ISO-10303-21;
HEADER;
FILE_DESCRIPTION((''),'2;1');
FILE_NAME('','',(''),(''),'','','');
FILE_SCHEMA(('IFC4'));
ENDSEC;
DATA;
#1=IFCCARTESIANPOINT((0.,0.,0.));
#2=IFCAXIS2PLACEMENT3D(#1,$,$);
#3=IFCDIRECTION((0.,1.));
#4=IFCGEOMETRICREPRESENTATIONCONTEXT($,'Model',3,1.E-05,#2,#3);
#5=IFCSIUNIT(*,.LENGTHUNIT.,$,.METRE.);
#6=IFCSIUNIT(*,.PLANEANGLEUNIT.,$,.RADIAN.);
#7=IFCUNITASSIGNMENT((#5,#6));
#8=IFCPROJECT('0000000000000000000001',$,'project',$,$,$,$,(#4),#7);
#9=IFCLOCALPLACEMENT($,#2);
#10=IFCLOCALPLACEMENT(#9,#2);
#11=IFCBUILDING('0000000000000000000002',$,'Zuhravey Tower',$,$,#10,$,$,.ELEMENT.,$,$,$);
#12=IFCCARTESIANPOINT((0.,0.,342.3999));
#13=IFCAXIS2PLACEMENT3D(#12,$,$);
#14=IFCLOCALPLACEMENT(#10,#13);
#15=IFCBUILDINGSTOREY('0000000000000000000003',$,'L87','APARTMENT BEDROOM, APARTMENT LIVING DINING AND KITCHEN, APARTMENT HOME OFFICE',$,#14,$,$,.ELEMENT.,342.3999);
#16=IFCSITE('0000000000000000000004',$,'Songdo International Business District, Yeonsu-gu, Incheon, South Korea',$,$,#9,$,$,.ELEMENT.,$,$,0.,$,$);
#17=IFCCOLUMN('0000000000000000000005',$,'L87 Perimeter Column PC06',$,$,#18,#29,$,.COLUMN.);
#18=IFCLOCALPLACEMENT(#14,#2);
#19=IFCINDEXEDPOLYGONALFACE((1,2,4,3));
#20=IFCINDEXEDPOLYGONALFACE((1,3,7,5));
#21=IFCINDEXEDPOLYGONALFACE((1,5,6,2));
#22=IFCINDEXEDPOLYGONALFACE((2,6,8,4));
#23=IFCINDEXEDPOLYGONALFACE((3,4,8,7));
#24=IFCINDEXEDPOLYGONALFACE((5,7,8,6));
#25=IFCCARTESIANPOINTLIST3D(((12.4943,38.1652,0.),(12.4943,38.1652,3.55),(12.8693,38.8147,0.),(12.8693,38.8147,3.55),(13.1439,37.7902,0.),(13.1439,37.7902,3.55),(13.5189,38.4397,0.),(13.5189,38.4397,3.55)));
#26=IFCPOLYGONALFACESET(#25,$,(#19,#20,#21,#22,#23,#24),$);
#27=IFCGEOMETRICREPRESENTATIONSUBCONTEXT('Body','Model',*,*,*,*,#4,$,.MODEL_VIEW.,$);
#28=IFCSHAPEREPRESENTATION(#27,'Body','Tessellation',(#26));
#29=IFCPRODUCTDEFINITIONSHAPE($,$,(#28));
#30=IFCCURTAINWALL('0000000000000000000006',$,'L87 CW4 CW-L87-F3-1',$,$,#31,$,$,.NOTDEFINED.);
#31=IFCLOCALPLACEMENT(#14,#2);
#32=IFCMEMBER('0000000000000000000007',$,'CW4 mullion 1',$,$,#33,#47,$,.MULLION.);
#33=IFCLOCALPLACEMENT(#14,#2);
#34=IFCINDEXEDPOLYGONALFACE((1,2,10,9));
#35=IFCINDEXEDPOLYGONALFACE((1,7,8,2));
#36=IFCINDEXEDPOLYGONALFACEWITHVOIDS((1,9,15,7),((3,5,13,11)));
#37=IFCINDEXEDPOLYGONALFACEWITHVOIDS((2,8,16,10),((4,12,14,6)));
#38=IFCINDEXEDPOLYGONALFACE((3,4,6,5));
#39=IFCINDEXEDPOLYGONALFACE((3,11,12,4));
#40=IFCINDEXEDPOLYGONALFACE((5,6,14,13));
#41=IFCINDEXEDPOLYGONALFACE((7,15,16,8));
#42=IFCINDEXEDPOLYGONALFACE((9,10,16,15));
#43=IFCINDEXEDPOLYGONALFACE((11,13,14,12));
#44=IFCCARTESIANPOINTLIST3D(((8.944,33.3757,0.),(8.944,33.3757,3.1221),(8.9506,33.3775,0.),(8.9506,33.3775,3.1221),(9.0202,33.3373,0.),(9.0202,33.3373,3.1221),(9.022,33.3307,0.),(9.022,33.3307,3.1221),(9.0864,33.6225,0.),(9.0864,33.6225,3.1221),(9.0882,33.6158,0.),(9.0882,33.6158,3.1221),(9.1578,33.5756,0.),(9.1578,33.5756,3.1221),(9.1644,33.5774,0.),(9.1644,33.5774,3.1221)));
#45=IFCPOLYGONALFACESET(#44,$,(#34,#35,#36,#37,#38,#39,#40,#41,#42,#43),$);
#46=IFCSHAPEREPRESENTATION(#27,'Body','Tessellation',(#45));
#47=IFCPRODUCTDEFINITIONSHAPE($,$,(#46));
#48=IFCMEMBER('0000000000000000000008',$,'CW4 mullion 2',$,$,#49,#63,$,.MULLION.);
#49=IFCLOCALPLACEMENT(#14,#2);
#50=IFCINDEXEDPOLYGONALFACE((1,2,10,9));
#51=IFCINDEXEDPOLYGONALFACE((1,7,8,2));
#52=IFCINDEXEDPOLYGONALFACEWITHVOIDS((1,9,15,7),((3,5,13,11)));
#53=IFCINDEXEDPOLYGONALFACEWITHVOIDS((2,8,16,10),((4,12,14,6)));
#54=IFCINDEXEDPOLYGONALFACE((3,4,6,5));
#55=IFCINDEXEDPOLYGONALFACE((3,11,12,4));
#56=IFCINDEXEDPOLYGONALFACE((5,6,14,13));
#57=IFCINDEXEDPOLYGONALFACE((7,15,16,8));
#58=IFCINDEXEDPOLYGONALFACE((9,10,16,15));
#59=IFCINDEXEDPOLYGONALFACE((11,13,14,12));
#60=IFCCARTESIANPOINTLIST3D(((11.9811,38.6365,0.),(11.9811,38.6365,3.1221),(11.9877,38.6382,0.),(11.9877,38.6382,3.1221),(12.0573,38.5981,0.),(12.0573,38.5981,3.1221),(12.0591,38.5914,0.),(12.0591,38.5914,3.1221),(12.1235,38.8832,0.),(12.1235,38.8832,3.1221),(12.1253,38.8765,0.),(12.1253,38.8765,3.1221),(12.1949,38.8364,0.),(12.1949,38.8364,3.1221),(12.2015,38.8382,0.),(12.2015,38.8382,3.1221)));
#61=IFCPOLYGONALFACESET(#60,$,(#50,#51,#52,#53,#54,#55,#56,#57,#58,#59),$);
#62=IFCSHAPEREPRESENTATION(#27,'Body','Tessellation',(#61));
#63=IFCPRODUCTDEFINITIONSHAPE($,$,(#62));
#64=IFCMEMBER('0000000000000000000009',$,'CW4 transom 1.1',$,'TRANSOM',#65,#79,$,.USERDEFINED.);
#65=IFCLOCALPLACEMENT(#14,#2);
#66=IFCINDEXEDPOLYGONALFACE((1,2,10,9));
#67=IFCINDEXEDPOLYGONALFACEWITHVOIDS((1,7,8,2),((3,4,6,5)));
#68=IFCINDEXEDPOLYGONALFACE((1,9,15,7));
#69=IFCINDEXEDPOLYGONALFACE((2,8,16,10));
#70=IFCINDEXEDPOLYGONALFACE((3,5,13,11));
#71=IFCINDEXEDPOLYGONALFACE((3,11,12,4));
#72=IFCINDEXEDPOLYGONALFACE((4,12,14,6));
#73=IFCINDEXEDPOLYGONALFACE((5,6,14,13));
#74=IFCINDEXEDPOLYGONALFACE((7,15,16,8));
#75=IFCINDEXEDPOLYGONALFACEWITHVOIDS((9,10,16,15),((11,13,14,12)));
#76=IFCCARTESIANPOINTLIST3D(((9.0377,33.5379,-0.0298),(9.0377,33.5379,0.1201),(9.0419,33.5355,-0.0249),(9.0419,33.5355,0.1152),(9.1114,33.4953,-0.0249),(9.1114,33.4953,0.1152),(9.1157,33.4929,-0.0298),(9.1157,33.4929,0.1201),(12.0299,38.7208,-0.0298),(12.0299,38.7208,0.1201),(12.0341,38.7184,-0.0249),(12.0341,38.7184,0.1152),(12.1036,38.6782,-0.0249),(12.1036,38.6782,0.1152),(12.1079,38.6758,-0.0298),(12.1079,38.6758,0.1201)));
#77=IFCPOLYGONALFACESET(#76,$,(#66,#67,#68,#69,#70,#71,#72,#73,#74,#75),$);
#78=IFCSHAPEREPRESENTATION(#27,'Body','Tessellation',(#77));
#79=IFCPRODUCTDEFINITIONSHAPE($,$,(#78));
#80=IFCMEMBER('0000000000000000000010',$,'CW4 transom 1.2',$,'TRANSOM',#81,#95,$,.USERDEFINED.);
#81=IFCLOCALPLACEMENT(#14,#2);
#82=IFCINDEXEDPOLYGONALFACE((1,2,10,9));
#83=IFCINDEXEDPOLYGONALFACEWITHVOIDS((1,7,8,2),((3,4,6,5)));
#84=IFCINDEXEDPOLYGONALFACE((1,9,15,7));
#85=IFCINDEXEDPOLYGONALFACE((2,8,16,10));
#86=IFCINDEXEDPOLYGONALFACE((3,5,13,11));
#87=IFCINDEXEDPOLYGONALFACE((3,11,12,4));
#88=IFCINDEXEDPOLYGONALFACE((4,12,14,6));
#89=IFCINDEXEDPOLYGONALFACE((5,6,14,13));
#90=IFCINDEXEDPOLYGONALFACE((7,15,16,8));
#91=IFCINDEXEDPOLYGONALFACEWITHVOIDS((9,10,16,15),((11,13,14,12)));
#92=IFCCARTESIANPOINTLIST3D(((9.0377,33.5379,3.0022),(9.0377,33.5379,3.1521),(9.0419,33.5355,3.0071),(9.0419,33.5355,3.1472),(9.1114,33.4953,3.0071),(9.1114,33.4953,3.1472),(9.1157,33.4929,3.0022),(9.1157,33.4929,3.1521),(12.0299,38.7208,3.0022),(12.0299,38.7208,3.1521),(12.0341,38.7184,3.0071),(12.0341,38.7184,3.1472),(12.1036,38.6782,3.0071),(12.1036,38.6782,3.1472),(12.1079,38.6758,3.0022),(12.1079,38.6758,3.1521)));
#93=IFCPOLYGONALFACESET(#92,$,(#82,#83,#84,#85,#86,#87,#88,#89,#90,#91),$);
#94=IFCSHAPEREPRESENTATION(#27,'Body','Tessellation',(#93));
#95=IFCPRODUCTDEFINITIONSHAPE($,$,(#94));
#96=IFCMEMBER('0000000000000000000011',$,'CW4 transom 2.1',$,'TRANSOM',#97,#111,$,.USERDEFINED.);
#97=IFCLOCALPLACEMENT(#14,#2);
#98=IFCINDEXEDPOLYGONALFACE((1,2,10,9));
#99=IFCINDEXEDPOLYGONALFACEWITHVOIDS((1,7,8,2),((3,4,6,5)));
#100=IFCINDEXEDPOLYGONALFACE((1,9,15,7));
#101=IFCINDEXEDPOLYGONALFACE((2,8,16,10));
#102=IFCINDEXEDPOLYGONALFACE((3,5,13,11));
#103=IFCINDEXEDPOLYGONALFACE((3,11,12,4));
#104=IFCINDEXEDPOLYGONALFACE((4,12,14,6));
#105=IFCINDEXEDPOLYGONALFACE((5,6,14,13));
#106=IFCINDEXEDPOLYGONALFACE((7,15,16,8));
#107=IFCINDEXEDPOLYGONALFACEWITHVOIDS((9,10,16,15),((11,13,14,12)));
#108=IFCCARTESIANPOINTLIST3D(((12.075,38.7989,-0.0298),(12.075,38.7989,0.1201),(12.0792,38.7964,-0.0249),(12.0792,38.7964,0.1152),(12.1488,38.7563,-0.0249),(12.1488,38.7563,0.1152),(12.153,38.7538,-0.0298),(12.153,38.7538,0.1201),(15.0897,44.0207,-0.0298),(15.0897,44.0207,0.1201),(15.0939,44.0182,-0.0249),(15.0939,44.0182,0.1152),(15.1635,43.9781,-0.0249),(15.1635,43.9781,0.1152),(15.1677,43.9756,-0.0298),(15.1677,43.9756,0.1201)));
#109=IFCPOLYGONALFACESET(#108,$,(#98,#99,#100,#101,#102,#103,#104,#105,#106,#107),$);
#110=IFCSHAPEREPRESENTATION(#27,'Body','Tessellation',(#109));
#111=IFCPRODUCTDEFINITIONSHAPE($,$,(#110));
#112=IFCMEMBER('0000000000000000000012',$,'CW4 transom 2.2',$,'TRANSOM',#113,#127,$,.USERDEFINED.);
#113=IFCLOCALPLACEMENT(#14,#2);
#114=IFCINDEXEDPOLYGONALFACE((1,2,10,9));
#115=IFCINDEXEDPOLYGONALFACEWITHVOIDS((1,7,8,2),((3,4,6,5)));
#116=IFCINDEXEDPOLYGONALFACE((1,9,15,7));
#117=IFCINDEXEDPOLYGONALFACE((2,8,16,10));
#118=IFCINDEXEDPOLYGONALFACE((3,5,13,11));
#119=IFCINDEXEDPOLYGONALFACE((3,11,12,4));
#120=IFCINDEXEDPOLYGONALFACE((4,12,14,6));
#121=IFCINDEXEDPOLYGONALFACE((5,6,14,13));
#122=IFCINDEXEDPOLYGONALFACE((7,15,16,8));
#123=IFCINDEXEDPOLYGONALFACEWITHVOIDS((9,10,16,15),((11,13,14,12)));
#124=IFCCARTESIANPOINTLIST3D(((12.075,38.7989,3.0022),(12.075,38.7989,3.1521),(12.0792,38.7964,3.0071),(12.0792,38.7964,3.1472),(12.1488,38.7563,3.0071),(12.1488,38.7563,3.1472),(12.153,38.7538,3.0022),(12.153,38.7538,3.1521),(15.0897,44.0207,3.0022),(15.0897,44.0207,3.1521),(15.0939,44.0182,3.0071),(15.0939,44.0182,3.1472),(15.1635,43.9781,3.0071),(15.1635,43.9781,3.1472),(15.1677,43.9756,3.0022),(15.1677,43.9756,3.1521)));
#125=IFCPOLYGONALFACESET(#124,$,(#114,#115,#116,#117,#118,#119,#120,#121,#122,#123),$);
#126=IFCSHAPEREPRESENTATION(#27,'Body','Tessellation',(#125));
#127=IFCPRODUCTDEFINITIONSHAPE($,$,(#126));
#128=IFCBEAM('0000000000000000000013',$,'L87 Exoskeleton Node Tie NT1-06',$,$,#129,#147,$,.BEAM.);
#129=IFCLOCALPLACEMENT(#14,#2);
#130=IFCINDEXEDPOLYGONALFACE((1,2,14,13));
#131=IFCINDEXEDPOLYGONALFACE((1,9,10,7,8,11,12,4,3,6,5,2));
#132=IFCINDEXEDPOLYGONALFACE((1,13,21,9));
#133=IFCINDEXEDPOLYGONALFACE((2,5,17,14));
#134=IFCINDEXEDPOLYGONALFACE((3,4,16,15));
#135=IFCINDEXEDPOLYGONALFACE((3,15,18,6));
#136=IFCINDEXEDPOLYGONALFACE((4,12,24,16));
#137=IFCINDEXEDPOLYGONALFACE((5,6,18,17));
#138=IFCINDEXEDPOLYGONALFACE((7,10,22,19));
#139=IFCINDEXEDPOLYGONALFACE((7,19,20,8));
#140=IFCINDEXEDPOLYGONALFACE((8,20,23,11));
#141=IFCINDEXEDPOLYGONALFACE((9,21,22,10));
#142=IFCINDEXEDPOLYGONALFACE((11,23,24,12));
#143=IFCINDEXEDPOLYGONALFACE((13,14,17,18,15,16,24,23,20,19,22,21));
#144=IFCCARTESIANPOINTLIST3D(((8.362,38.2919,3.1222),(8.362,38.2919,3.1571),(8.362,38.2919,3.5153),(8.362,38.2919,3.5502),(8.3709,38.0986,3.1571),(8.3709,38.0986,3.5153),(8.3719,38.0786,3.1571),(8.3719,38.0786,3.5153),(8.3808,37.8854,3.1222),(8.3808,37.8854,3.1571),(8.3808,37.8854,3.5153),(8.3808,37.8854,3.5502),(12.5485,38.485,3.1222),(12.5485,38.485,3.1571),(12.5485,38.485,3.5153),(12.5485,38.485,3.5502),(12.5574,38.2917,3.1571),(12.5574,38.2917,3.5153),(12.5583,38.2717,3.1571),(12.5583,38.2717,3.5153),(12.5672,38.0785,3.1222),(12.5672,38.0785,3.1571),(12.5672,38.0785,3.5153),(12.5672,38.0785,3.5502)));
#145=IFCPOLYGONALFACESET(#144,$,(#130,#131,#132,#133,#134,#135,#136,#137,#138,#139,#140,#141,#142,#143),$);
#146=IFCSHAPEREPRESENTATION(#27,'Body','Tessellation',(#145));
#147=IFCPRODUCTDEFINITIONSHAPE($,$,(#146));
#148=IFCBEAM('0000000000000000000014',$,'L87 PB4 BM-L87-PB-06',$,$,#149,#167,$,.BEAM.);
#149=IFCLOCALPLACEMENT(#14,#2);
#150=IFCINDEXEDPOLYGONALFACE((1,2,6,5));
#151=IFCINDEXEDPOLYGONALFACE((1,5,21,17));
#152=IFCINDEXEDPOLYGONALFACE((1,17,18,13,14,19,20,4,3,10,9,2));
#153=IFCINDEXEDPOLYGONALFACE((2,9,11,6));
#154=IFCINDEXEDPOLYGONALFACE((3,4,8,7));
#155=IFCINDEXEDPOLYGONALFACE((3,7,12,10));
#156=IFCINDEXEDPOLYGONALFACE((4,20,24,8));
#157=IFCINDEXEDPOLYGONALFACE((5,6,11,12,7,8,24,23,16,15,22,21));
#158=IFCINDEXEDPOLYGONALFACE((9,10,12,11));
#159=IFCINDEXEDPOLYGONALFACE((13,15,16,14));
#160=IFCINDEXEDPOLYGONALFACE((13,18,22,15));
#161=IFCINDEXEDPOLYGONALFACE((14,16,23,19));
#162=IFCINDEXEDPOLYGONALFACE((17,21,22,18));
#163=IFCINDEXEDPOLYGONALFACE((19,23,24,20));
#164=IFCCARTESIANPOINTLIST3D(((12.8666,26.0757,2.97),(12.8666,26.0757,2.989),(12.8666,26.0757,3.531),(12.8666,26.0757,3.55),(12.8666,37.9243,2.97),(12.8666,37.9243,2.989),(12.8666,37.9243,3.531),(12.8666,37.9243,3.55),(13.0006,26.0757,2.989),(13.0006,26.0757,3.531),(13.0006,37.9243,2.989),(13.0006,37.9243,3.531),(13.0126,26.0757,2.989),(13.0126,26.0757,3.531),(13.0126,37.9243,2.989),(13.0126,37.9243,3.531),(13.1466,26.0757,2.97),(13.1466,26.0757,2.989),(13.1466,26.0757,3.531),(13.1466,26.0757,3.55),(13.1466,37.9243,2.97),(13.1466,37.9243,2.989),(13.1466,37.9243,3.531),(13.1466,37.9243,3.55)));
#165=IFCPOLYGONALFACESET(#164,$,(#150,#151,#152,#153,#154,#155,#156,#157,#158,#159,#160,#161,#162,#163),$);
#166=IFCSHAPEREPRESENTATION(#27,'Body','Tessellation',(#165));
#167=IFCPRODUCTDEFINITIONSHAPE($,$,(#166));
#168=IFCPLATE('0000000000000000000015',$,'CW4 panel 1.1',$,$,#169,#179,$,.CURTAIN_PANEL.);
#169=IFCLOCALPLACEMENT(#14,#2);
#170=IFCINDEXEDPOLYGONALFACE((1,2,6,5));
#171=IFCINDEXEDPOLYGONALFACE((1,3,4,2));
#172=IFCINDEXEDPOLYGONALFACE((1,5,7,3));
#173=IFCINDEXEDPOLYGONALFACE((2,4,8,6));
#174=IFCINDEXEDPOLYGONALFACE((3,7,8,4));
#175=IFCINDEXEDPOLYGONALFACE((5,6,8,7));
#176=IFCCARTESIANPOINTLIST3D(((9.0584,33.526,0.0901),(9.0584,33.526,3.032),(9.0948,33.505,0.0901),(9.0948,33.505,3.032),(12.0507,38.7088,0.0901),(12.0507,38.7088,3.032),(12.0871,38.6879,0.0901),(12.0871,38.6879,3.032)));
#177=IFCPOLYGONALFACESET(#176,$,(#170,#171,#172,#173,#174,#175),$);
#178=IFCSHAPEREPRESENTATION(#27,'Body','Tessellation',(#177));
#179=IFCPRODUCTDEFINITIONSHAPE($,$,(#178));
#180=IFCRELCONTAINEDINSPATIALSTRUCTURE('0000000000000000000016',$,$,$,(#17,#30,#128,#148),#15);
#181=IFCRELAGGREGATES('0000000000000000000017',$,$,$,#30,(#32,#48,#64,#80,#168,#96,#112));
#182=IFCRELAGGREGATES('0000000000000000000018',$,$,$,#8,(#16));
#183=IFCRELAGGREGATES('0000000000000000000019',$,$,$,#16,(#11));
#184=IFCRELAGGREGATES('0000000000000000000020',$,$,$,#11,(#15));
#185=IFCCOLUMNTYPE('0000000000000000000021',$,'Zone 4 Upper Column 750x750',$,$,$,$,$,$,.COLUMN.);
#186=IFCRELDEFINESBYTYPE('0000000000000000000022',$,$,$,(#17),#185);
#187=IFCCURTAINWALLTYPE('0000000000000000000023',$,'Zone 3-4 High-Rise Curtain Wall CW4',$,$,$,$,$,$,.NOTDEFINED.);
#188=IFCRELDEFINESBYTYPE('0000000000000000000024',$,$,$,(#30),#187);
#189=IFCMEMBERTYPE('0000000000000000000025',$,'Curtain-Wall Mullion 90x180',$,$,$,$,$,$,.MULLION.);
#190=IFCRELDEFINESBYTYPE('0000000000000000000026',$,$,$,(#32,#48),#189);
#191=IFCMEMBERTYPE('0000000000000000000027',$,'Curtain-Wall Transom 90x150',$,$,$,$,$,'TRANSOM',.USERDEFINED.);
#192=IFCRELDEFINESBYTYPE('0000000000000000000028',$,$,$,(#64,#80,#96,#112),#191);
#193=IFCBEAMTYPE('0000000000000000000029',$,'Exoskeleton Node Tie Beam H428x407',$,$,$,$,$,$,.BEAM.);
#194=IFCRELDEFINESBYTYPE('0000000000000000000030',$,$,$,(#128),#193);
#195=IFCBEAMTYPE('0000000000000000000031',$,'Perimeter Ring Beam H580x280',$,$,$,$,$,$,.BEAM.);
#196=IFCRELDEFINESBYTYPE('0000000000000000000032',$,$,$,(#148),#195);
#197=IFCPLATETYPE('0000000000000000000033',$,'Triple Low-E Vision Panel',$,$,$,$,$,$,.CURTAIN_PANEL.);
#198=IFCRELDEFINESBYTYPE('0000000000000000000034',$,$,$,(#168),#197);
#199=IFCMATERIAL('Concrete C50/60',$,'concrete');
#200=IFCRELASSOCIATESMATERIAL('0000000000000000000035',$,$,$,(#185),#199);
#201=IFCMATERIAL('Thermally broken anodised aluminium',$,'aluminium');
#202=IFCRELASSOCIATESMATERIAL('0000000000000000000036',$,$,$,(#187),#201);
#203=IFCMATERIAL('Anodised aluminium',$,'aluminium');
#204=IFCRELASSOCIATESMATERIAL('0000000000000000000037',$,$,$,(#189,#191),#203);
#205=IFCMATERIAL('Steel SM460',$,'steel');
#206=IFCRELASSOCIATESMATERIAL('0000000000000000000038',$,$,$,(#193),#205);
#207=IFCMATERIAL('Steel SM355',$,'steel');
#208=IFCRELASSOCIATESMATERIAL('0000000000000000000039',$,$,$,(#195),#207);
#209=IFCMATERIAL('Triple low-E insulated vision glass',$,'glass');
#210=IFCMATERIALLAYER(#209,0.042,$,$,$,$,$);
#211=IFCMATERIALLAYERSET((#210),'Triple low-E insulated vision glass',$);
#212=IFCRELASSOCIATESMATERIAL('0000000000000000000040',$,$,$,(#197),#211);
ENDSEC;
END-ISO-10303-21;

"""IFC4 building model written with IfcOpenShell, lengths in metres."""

from ifc_helpers import new_model, si_unit, direction, frame, origin, origin_2d, place, context, subcontext, project, spatial, rectangle, hollow_rectangle, i_section, extrude, material, layer, layer_set, material_profile, profile_set, type_object, element, aggregate, save


model = new_model("IFC4")

# Units and contexts
model_context = context("Model", 3, precision=1e-05, world=origin(), true_north=direction((0.0, 1.0)))
body_context = subcontext(model_context, "Body", "Model", "MODEL_VIEW")
ifc_project = project(units=[si_unit("LENGTHUNIT", "METRE"), si_unit("PLANEANGLEUNIT", "RADIAN")], contexts=[model_context])

# Site, building, storey
site_placement = place(None, origin())
site = spatial("IfcSite", under=ifc_project, at=site_placement, Name="Songdo International Business District, Yeonsu-gu, Incheon, South Korea", CompositionType="ELEMENT", RefElevation=0.0)
building_placement = place(site_placement, origin())
building = spatial("IfcBuilding", under=site, at=building_placement, Name="Zuhravey Tower", CompositionType="ELEMENT")
storey_placement = place(building_placement, frame((0.0, 0.0, 342.3999)))
storey = spatial("IfcBuildingStorey", under=building, at=storey_placement, Name="L87", Description="APARTMENT BEDROOM, APARTMENT LIVING DINING AND KITCHEN, APARTMENT HOME OFFICE", CompositionType="ELEMENT", Elevation=342.3999)

# Column
ifc_material_1 = material(Name="Concrete C50/60", Category="concrete")
ifc_material_profile_1 = material_profile(ifc_material_1, rectangle(XDim=0.75, YDim=0.75, at=origin_2d()), Name="RC-750x750")
ifc_profile_set_1 = profile_set([ifc_material_profile_1], Name="Concrete C50/60")
column_type = type_object("IfcColumnType", Name="Zone 4 Upper Column 750x750", PredefinedType="COLUMN", material=ifc_profile_set_1)
column_placement = place(storey_placement, frame((13.0066, 38.3025, 0.0), z_axis=(0.0, 0.0, 1.0), x_axis=(-0.5, -0.866025, 0.0)))
element("IfcColumn", 1, at=column_placement, inside=storey, type_object=column_type, Name="L87 Perimeter Column PC06", PredefinedType="COLUMN", context=body_context, shape_type="SweptSolid", body=[
    extrude(rectangle(XDim=0.75, YDim=0.75, at=origin_2d()), origin(), (0.0, 0.0, 1.0), 3.55),
])

# Curtain wall, members
ifc_material_2 = material(Name="Thermally broken anodised aluminium", Category="aluminium")
curtain_wall_type = type_object("IfcCurtainWallType", Name="Zone 3-4 High-Rise Curtain Wall CW4", PredefinedType="NOTDEFINED", material=ifc_material_2)
curtain_wall_placement = place(storey_placement, origin())
curtain_wall = element("IfcCurtainWall", 2, at=curtain_wall_placement, inside=storey, type_object=curtain_wall_type, Name="L87 CW4 CW-L87-F3-1", PredefinedType="NOTDEFINED")
ifc_material_3 = material(Name="Anodised aluminium", Category="aluminium")
ifc_material_profile_2 = material_profile(ifc_material_3, hollow_rectangle(XDim=0.0901, YDim=0.2849, WallThickness=0.0049, at=origin_2d()), Name="ALU-RHS-90x285x5")
ifc_profile_set_2 = profile_set([ifc_material_profile_2], Name="Anodised aluminium")
member_type_1 = type_object("IfcMemberType", Name="Curtain-Wall Mullion 90x180", PredefinedType="MULLION", material=ifc_profile_set_2)
member_1_placement = place(storey_placement, frame((9.0542, 33.4766, 0.0), z_axis=(0.0, 0.0, 1.0), x_axis=(-0.866026, 0.5, 0.0)))
member_1 = element("IfcMember", 3, at=member_1_placement, type_object=member_type_1, Name="CW4 mullion 1", PredefinedType="MULLION", context=body_context, shape_type="SweptSolid", body=[
    extrude(hollow_rectangle(XDim=0.0901, YDim=0.2849, WallThickness=0.0049, at=origin_2d()), origin(), (0.0, 0.0, 1.0), 3.1221),
])
member_2_placement = place(storey_placement, frame((12.0913, 38.7373, 0.0), z_axis=(0.0, 0.0, 1.0), x_axis=(-0.866026, 0.5, 0.0)))
member_2 = element("IfcMember", 4, at=member_2_placement, type_object=member_type_1, Name="CW4 mullion 2", PredefinedType="MULLION", context=body_context, shape_type="SweptSolid", body=[
    extrude(hollow_rectangle(XDim=0.0901, YDim=0.2849, WallThickness=0.0049, at=origin_2d()), origin(), (0.0, 0.0, 1.0), 3.1221),
])
ifc_material_profile_3 = material_profile(ifc_material_3, hollow_rectangle(XDim=0.0901, YDim=0.1499, WallThickness=0.0049, at=origin_2d()), Name="ALU-RHS-90x150x5")
ifc_profile_set_3 = profile_set([ifc_material_profile_3], Name="Anodised aluminium")
member_type_2 = type_object("IfcMemberType", Name="Curtain-Wall Transom 90x150", ElementType="TRANSOM", PredefinedType="USERDEFINED", material=ifc_profile_set_3)
member_3_placement = place(storey_placement, frame((9.0767, 33.5154, 0.0452), z_axis=(0.499983, 0.866035, 0.0), x_axis=(-0.866035, 0.499983, 0.0)))
member_3 = element("IfcMember", 5, at=member_3_placement, type_object=member_type_2, Name="CW4 transom 1.1", ObjectType="TRANSOM", PredefinedType="USERDEFINED", context=body_context, shape_type="SweptSolid", body=[
    extrude(hollow_rectangle(XDim=0.0901, YDim=0.1499, WallThickness=0.0049, at=origin_2d()), origin(), (0.0, 0.0, 1.0), 5.9846),
])
member_4_placement = place(storey_placement, frame((9.0767, 33.5154, 3.0771), z_axis=(0.499983, 0.866035, 0.0), x_axis=(-0.866035, 0.499983, 0.0)))
member_4 = element("IfcMember", 6, at=member_4_placement, type_object=member_type_2, Name="CW4 transom 1.2", ObjectType="TRANSOM", PredefinedType="USERDEFINED", context=body_context, shape_type="SweptSolid", body=[
    extrude(hollow_rectangle(XDim=0.0901, YDim=0.1499, WallThickness=0.0049, at=origin_2d()), origin(), (0.0, 0.0, 1.0), 5.9846),
])
member_5_placement = place(storey_placement, frame((12.114, 38.7764, 0.0452), z_axis=(0.499989, 0.866032, 0.0), x_axis=(-0.866032, 0.499989, 0.0)))
member_5 = element("IfcMember", 7, at=member_5_placement, type_object=member_type_2, Name="CW4 transom 2.1", ObjectType="TRANSOM", PredefinedType="USERDEFINED", context=body_context, shape_type="SweptSolid", body=[
    extrude(hollow_rectangle(XDim=0.0901, YDim=0.1499, WallThickness=0.0049, at=origin_2d()), origin(), (0.0, 0.0, 1.0), 6.0295),
])
member_6_placement = place(storey_placement, frame((12.114, 38.7764, 3.0771), z_axis=(0.499989, 0.866032, 0.0), x_axis=(-0.866032, 0.499989, 0.0)))
member_6 = element("IfcMember", 8, at=member_6_placement, type_object=member_type_2, Name="CW4 transom 2.2", ObjectType="TRANSOM", PredefinedType="USERDEFINED", context=body_context, shape_type="SweptSolid", body=[
    extrude(hollow_rectangle(XDim=0.0901, YDim=0.1499, WallThickness=0.0049, at=origin_2d()), origin(), (0.0, 0.0, 1.0), 6.0295),
])

# Beams
ifc_material_4 = material(Name="Steel SM460", Category="steel")
ifc_material_profile_4 = material_profile(ifc_material_4, i_section(OverallWidth=0.407, OverallDepth=0.428, WebThickness=0.02, FlangeThickness=0.0349, at=origin_2d()), Name="H-428x407x20x35")
ifc_profile_set_4 = profile_set([ifc_material_profile_4], Name="Steel SM460")
beam_type_1 = type_object("IfcBeamType", Name="Exoskeleton Node Tie Beam H428x407", PredefinedType="BEAM", material=ifc_profile_set_4)
beam_1_placement = place(storey_placement, frame((12.5579, 38.2817, 3.3362), z_axis=(-0.998938, -0.046079, 0.0), x_axis=(0.046079, -0.998938, 0.0)))
element("IfcBeam", 9, at=beam_1_placement, inside=storey, type_object=beam_type_1, Name="L87 Exoskeleton Node Tie NT1-06", PredefinedType="BEAM", context=body_context, shape_type="SweptSolid", body=[
    extrude(i_section(OverallWidth=0.407, OverallDepth=0.428, WebThickness=0.02, FlangeThickness=0.0349, at=origin_2d()), origin(), (0.0, 0.0, 1.0), 4.1909),
])
ifc_material_5 = material(Name="Steel SM355", Category="steel")
ifc_material_profile_5 = material_profile(ifc_material_5, i_section(OverallWidth=0.28, OverallDepth=0.5801, WebThickness=0.012, FlangeThickness=0.019, at=origin_2d()), Name="H-580x280x12x19")
ifc_profile_set_5 = profile_set([ifc_material_profile_5], Name="Steel SM355")
beam_type_2 = type_object("IfcBeamType", Name="Perimeter Ring Beam H580x280", PredefinedType="BEAM", material=ifc_profile_set_5)
beam_2_placement = place(storey_placement, frame((13.0066, 37.9243, 3.26), z_axis=(0.0, -1.0, 0.0), x_axis=(1.0, 0.0, 0.0)))
element("IfcBeam", 10, at=beam_2_placement, inside=storey, type_object=beam_type_2, Name="L87 PB4 BM-L87-PB-06", PredefinedType="BEAM", context=body_context, shape_type="SweptSolid", body=[
    extrude(i_section(OverallWidth=0.28, OverallDepth=0.5801, WebThickness=0.012, FlangeThickness=0.019, at=origin_2d()), origin(), (0.0, 0.0, 1.0), 11.8486),
])

# Plate
ifc_material_6 = material(Name="Triple low-E insulated vision glass", Category="glass")
ifc_layer_1 = layer(ifc_material_6, 0.042)
ifc_layer_set_1 = layer_set([ifc_layer_1], Name="Triple low-E insulated vision glass")
plate_type = type_object("IfcPlateType", Name="Triple Low-E Vision Panel", PredefinedType="CURTAIN_PANEL", material=ifc_layer_set_1)
plate_1_placement = place(storey_placement, frame((10.5728, 36.1069, 0.0901), z_axis=(0.0, 0.0, 1.0), x_axis=(0.5, 0.866026, 0.0)))
plate_1 = element("IfcPlate", 11, at=plate_1_placement, type_object=plate_type, Name="CW4 panel 1.1", PredefinedType="CURTAIN_PANEL", context=body_context, shape_type="SweptSolid", body=[
    extrude(rectangle(XDim=5.9846, YDim=0.042, at=origin_2d()), origin(), (0.0, 0.0, 1.0), 2.9419),
])
aggregate(curtain_wall, [member_1, member_2, member_3, member_4, plate_1, member_5, member_6])

save(model, "model.ifc")
